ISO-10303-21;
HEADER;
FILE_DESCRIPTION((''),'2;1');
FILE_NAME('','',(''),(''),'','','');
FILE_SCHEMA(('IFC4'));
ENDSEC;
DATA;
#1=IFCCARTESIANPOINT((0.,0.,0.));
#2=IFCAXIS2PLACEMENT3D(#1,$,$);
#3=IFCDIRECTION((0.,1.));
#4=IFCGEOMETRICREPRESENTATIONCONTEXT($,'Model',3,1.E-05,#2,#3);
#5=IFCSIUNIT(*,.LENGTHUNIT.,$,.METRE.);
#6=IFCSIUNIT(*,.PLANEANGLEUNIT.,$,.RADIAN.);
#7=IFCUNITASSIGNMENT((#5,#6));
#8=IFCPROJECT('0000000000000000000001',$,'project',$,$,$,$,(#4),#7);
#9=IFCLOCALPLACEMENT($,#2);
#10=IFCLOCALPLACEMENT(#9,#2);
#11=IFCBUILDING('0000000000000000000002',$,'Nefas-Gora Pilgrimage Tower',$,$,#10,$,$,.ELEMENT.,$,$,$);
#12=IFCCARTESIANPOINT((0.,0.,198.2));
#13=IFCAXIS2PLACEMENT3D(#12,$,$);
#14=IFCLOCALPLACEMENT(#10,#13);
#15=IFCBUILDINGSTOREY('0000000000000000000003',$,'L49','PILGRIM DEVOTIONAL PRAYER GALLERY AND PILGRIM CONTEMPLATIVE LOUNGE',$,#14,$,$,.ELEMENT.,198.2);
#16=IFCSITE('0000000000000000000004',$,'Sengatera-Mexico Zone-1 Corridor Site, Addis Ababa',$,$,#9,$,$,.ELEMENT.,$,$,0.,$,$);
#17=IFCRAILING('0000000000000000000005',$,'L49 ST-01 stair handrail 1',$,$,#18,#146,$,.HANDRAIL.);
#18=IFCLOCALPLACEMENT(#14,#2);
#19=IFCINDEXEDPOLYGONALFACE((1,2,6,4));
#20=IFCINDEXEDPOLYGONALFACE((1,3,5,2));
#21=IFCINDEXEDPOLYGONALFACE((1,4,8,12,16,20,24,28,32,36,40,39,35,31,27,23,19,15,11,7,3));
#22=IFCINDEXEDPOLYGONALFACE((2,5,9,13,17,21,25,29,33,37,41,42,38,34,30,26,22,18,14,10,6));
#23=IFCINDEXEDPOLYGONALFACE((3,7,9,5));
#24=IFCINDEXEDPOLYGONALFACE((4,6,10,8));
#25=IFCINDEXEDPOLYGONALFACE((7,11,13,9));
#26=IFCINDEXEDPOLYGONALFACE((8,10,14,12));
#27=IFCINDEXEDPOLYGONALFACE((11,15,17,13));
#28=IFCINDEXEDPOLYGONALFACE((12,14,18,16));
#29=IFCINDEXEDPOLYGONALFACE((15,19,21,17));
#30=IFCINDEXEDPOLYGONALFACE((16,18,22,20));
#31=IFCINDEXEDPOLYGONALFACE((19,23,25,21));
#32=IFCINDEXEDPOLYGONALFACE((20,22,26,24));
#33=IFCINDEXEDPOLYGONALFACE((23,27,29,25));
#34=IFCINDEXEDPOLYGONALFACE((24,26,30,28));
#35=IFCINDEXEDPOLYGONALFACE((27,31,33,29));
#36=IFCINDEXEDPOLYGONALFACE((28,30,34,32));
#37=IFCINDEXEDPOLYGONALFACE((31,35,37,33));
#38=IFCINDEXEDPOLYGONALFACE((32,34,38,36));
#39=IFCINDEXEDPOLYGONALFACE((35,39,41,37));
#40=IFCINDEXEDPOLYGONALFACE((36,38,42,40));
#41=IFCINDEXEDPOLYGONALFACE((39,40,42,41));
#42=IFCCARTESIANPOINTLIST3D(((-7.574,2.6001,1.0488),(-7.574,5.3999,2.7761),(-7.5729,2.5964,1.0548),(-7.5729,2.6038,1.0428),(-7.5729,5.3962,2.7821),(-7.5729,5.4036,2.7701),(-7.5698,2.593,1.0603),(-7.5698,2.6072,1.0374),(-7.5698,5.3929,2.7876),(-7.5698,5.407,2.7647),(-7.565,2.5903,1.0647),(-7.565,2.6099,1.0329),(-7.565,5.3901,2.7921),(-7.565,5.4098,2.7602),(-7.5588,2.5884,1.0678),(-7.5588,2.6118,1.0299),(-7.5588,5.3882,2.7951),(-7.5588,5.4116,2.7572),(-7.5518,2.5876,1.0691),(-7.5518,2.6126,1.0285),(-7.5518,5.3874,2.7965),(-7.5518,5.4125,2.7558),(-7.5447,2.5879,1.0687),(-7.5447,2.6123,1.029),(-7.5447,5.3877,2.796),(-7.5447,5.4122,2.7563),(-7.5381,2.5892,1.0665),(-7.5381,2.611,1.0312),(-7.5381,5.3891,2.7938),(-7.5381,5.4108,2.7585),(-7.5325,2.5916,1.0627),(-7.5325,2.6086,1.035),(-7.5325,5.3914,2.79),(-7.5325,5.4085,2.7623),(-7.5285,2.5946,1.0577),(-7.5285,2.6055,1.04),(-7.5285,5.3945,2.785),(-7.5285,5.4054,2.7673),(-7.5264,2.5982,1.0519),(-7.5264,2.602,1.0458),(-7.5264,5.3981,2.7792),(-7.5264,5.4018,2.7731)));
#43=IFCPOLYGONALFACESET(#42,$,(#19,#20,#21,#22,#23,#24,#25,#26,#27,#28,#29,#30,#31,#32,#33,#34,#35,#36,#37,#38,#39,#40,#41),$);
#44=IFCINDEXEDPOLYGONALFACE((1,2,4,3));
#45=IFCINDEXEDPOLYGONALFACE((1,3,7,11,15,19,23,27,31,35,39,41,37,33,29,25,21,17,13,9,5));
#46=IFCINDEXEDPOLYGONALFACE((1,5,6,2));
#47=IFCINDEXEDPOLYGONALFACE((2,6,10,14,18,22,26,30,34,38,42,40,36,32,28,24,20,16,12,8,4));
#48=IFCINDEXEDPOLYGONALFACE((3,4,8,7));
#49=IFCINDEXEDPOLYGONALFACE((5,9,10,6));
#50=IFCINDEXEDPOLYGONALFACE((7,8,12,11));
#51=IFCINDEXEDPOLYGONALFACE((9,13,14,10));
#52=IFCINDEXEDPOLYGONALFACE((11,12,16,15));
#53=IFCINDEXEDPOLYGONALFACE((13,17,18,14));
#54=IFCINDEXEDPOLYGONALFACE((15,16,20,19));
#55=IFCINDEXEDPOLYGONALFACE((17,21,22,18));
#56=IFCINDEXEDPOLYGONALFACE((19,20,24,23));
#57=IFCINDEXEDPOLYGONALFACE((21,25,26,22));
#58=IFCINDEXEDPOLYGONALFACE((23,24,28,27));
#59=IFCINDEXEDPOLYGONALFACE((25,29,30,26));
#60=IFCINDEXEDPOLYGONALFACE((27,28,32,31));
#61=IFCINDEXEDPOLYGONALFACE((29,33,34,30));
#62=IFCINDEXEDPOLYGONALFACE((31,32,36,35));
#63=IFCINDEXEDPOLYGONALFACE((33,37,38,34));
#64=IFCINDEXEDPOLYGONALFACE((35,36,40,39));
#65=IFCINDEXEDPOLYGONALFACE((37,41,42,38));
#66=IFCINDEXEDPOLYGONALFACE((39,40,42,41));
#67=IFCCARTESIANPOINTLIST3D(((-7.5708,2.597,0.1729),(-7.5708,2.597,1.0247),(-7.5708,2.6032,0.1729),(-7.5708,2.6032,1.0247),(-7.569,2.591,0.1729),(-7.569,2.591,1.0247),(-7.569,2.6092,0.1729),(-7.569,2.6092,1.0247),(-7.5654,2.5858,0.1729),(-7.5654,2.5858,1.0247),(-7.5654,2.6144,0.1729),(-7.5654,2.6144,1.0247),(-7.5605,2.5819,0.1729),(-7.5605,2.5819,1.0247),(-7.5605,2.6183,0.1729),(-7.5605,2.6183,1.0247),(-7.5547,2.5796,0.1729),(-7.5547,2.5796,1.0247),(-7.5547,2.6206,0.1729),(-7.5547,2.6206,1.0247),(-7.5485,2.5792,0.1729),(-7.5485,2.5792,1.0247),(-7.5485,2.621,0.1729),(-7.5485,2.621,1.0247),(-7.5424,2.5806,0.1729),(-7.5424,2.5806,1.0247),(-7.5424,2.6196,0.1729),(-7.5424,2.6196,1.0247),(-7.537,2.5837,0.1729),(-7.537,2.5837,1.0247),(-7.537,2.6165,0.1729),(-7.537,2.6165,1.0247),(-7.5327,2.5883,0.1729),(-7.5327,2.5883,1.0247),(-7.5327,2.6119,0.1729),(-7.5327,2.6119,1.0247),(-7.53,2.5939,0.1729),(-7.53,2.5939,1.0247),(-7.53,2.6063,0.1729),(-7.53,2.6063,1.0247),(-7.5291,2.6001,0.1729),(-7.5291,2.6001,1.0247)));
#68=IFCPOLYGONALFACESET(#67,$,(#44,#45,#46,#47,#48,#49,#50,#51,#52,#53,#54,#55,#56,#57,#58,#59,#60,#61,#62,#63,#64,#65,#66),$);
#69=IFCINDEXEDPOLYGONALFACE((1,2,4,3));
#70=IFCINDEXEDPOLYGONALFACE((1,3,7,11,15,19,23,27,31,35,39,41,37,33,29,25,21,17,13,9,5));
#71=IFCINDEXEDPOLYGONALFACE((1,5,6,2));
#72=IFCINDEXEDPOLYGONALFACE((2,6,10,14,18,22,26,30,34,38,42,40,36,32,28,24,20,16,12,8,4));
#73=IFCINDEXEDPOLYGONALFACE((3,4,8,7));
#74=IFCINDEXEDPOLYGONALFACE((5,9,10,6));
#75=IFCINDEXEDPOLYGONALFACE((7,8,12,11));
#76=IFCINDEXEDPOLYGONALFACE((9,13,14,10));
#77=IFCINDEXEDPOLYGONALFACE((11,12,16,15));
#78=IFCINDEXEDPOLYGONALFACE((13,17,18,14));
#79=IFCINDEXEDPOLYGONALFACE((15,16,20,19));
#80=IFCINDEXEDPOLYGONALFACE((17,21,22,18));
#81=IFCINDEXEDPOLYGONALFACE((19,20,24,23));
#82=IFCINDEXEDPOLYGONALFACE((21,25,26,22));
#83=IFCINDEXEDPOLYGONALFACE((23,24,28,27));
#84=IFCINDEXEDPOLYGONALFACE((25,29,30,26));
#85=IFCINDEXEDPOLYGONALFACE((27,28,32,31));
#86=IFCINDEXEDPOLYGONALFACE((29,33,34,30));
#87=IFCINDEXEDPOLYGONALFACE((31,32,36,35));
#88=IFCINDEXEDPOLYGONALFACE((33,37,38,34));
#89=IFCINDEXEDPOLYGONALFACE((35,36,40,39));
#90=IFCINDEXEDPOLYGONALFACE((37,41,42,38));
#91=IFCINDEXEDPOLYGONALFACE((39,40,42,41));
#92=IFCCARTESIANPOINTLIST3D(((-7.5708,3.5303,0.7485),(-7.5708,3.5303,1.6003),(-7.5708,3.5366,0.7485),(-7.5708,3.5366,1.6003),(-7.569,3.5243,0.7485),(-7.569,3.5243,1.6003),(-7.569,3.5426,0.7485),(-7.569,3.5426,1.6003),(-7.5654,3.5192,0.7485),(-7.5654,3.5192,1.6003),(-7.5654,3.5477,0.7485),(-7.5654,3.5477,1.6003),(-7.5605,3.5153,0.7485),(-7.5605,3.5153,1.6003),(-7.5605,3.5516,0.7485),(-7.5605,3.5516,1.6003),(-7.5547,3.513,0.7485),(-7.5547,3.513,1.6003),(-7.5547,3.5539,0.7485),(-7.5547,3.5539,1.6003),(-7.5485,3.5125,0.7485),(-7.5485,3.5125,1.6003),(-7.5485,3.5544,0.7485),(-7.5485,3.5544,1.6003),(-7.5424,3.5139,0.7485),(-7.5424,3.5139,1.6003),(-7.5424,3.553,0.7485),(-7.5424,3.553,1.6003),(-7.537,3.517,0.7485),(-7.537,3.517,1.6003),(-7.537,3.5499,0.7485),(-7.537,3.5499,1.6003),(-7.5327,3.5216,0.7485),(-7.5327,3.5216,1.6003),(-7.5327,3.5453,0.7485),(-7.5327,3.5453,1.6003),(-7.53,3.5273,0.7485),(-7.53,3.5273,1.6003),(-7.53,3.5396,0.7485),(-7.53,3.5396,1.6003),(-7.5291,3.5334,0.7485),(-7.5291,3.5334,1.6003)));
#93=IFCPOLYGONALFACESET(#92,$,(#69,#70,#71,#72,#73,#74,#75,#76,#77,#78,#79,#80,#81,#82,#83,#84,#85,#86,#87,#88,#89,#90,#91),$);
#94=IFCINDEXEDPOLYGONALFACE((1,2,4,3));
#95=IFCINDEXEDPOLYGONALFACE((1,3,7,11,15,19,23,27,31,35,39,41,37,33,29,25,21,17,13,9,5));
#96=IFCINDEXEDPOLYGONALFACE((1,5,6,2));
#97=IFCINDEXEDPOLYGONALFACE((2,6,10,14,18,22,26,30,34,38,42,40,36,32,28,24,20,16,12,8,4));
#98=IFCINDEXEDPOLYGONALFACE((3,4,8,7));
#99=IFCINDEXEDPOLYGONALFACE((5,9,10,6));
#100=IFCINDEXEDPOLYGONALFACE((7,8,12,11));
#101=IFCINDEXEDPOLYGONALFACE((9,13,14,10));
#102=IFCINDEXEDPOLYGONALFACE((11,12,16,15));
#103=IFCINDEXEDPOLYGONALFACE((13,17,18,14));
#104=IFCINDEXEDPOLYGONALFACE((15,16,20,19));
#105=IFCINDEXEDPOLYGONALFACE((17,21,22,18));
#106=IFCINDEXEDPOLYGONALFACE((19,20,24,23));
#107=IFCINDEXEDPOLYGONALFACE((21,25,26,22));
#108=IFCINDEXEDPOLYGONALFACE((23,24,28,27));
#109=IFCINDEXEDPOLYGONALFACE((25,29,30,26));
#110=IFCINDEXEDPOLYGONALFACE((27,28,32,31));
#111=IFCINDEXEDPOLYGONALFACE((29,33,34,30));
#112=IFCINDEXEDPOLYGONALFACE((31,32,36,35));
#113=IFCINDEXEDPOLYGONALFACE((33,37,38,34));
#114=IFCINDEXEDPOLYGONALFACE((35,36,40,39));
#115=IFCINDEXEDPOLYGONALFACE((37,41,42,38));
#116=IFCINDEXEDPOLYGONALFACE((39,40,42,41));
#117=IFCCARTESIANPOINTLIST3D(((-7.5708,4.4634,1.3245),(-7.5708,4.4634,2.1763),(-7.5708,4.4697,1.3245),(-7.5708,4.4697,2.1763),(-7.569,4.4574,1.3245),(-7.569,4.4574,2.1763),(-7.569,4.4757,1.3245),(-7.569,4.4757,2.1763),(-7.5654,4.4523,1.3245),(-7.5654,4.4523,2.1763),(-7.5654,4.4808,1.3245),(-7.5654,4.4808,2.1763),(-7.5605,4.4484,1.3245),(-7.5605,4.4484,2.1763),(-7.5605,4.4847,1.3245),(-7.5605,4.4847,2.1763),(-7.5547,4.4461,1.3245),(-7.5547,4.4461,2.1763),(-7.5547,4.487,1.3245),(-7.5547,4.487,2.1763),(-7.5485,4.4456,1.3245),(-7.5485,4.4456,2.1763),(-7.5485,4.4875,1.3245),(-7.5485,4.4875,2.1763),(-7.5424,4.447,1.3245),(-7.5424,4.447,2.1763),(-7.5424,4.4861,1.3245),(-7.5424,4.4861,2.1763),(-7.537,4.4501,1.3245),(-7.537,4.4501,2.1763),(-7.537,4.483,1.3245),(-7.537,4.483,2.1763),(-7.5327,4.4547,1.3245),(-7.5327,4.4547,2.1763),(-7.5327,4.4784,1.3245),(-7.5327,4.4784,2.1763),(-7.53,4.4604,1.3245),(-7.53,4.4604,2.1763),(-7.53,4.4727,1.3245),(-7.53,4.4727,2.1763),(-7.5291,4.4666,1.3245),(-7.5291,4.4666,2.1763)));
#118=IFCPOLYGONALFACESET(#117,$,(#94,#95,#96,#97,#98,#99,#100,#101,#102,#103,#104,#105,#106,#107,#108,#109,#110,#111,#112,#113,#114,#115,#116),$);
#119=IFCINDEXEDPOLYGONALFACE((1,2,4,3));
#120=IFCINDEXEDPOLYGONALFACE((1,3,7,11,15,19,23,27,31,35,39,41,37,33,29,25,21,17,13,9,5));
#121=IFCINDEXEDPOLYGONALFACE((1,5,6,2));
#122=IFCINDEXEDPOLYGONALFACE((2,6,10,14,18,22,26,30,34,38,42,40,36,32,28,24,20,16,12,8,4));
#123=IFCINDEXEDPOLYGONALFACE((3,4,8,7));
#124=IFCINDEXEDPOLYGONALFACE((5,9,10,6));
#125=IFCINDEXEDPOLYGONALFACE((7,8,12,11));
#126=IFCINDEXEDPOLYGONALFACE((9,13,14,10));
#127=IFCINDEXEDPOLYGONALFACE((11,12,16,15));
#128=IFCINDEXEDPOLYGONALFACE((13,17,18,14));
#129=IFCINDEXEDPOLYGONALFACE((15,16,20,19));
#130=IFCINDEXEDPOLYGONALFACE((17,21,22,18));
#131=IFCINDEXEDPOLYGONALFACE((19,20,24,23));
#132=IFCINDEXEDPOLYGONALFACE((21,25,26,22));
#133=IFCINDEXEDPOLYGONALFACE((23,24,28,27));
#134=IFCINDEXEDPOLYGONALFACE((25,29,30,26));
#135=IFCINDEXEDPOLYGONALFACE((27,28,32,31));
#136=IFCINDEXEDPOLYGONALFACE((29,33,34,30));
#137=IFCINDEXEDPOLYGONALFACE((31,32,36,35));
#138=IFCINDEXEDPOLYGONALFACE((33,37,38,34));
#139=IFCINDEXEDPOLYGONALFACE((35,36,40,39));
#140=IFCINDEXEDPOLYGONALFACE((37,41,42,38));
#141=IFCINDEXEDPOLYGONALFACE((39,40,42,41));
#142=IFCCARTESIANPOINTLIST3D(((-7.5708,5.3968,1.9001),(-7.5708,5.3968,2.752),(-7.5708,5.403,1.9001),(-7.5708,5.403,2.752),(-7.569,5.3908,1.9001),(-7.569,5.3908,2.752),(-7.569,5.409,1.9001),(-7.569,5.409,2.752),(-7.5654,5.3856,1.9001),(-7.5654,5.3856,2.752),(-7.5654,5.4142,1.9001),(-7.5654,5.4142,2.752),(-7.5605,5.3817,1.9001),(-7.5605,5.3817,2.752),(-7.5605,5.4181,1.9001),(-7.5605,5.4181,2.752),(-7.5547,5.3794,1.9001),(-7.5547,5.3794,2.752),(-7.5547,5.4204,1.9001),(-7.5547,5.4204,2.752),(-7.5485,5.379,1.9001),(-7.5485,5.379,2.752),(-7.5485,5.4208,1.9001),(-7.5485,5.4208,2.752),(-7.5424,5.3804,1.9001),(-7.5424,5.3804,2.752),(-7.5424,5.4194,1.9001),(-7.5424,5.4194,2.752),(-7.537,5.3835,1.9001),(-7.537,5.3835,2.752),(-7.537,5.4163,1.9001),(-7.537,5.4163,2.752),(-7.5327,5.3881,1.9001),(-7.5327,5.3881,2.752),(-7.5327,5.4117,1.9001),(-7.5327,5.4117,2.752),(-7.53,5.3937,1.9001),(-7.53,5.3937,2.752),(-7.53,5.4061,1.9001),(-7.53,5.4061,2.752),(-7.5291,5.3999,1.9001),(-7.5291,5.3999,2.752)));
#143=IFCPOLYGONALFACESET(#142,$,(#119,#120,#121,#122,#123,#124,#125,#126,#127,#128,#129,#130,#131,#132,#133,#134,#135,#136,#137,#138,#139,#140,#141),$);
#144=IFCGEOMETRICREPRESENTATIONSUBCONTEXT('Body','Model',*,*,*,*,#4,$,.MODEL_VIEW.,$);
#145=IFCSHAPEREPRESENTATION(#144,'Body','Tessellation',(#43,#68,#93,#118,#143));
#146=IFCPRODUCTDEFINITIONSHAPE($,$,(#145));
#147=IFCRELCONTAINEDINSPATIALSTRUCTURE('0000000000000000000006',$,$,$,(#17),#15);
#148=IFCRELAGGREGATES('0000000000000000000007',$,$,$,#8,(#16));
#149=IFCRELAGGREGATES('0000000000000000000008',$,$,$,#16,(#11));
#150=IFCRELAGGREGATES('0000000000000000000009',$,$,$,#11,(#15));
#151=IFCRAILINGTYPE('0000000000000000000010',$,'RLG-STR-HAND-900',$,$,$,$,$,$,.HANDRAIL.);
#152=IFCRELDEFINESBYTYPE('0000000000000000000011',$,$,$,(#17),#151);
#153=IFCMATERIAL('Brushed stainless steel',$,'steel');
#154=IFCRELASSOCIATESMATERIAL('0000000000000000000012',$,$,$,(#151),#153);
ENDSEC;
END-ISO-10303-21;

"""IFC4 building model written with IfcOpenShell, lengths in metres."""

from ifc_helpers import new_model, si_unit, direction, frame, origin, origin_2d, place, context, subcontext, project, spatial, circle, extrude, material, type_object, element, save


model = new_model("IFC4")

# Units and contexts
model_context = context("Model", 3, precision=1e-05, world=origin(), true_north=direction((0.0, 1.0)))
body_context = subcontext(model_context, "Body", "Model", "MODEL_VIEW")
ifc_project = project(units=[si_unit("LENGTHUNIT", "METRE"), si_unit("PLANEANGLEUNIT", "RADIAN")], contexts=[model_context])

# Site, building, storey
site_placement = place(None, origin())
site = spatial("IfcSite", under=ifc_project, at=site_placement, Name="Sengatera-Mexico Zone-1 Corridor Site, Addis Ababa", CompositionType="ELEMENT", RefElevation=0.0)
building_placement = place(site_placement, origin())
building = spatial("IfcBuilding", under=site, at=building_placement, Name="Nefas-Gora Pilgrimage Tower", CompositionType="ELEMENT")
storey_placement = place(building_placement, frame((0.0, 0.0, 198.2)))
storey = spatial("IfcBuildingStorey", under=building, at=storey_placement, Name="L49", Description="PILGRIM DEVOTIONAL PRAYER GALLERY AND PILGRIM CONTEMPLATIVE LOUNGE", CompositionType="ELEMENT", Elevation=198.2)

# Railing
ifc_material_1 = material(Name="Brushed stainless steel", Category="steel")
railing_type_1 = type_object("IfcRailingType", Name="RLG-STR-HAND-900", PredefinedType="HANDRAIL", material=ifc_material_1)
railing_1_placement = place(storey_placement, frame((-7.55, 2.6001, 0.1729)))
element("IfcRailing", 1, at=railing_1_placement, inside=storey, type_object=railing_type_1, Name="L49 ST-01 stair handrail 1", PredefinedType="HANDRAIL", context=body_context, shape_type="SweptSolid", body=[
    extrude(circle(Radius=0.0239, at=origin_2d()), frame((0.0, 0.0, 0.876), z_axis=(0.0, 0.851069, 0.525054), x_axis=(-1.0, 0.0, 0.0)), (0.0, 0.0, 1.0), 3.2898),
    extrude(circle(Radius=0.021, at=origin_2d()), origin(), (0.0, 0.0, 1.0), 0.8518),
    extrude(circle(Radius=0.021, at=origin_2d()), frame((0.0, 0.9333, 0.5757)), (0.0, 0.0, 1.0), 0.8518),
    extrude(circle(Radius=0.021, at=origin_2d()), frame((0.0, 1.8665, 1.1516)), (0.0, 0.0, 1.0), 0.8518),
    extrude(circle(Radius=0.021, at=origin_2d()), frame((0.0, 2.7998, 1.7273)), (0.0, 0.0, 1.0), 0.8518),
])

save(model, "model.ifc")
